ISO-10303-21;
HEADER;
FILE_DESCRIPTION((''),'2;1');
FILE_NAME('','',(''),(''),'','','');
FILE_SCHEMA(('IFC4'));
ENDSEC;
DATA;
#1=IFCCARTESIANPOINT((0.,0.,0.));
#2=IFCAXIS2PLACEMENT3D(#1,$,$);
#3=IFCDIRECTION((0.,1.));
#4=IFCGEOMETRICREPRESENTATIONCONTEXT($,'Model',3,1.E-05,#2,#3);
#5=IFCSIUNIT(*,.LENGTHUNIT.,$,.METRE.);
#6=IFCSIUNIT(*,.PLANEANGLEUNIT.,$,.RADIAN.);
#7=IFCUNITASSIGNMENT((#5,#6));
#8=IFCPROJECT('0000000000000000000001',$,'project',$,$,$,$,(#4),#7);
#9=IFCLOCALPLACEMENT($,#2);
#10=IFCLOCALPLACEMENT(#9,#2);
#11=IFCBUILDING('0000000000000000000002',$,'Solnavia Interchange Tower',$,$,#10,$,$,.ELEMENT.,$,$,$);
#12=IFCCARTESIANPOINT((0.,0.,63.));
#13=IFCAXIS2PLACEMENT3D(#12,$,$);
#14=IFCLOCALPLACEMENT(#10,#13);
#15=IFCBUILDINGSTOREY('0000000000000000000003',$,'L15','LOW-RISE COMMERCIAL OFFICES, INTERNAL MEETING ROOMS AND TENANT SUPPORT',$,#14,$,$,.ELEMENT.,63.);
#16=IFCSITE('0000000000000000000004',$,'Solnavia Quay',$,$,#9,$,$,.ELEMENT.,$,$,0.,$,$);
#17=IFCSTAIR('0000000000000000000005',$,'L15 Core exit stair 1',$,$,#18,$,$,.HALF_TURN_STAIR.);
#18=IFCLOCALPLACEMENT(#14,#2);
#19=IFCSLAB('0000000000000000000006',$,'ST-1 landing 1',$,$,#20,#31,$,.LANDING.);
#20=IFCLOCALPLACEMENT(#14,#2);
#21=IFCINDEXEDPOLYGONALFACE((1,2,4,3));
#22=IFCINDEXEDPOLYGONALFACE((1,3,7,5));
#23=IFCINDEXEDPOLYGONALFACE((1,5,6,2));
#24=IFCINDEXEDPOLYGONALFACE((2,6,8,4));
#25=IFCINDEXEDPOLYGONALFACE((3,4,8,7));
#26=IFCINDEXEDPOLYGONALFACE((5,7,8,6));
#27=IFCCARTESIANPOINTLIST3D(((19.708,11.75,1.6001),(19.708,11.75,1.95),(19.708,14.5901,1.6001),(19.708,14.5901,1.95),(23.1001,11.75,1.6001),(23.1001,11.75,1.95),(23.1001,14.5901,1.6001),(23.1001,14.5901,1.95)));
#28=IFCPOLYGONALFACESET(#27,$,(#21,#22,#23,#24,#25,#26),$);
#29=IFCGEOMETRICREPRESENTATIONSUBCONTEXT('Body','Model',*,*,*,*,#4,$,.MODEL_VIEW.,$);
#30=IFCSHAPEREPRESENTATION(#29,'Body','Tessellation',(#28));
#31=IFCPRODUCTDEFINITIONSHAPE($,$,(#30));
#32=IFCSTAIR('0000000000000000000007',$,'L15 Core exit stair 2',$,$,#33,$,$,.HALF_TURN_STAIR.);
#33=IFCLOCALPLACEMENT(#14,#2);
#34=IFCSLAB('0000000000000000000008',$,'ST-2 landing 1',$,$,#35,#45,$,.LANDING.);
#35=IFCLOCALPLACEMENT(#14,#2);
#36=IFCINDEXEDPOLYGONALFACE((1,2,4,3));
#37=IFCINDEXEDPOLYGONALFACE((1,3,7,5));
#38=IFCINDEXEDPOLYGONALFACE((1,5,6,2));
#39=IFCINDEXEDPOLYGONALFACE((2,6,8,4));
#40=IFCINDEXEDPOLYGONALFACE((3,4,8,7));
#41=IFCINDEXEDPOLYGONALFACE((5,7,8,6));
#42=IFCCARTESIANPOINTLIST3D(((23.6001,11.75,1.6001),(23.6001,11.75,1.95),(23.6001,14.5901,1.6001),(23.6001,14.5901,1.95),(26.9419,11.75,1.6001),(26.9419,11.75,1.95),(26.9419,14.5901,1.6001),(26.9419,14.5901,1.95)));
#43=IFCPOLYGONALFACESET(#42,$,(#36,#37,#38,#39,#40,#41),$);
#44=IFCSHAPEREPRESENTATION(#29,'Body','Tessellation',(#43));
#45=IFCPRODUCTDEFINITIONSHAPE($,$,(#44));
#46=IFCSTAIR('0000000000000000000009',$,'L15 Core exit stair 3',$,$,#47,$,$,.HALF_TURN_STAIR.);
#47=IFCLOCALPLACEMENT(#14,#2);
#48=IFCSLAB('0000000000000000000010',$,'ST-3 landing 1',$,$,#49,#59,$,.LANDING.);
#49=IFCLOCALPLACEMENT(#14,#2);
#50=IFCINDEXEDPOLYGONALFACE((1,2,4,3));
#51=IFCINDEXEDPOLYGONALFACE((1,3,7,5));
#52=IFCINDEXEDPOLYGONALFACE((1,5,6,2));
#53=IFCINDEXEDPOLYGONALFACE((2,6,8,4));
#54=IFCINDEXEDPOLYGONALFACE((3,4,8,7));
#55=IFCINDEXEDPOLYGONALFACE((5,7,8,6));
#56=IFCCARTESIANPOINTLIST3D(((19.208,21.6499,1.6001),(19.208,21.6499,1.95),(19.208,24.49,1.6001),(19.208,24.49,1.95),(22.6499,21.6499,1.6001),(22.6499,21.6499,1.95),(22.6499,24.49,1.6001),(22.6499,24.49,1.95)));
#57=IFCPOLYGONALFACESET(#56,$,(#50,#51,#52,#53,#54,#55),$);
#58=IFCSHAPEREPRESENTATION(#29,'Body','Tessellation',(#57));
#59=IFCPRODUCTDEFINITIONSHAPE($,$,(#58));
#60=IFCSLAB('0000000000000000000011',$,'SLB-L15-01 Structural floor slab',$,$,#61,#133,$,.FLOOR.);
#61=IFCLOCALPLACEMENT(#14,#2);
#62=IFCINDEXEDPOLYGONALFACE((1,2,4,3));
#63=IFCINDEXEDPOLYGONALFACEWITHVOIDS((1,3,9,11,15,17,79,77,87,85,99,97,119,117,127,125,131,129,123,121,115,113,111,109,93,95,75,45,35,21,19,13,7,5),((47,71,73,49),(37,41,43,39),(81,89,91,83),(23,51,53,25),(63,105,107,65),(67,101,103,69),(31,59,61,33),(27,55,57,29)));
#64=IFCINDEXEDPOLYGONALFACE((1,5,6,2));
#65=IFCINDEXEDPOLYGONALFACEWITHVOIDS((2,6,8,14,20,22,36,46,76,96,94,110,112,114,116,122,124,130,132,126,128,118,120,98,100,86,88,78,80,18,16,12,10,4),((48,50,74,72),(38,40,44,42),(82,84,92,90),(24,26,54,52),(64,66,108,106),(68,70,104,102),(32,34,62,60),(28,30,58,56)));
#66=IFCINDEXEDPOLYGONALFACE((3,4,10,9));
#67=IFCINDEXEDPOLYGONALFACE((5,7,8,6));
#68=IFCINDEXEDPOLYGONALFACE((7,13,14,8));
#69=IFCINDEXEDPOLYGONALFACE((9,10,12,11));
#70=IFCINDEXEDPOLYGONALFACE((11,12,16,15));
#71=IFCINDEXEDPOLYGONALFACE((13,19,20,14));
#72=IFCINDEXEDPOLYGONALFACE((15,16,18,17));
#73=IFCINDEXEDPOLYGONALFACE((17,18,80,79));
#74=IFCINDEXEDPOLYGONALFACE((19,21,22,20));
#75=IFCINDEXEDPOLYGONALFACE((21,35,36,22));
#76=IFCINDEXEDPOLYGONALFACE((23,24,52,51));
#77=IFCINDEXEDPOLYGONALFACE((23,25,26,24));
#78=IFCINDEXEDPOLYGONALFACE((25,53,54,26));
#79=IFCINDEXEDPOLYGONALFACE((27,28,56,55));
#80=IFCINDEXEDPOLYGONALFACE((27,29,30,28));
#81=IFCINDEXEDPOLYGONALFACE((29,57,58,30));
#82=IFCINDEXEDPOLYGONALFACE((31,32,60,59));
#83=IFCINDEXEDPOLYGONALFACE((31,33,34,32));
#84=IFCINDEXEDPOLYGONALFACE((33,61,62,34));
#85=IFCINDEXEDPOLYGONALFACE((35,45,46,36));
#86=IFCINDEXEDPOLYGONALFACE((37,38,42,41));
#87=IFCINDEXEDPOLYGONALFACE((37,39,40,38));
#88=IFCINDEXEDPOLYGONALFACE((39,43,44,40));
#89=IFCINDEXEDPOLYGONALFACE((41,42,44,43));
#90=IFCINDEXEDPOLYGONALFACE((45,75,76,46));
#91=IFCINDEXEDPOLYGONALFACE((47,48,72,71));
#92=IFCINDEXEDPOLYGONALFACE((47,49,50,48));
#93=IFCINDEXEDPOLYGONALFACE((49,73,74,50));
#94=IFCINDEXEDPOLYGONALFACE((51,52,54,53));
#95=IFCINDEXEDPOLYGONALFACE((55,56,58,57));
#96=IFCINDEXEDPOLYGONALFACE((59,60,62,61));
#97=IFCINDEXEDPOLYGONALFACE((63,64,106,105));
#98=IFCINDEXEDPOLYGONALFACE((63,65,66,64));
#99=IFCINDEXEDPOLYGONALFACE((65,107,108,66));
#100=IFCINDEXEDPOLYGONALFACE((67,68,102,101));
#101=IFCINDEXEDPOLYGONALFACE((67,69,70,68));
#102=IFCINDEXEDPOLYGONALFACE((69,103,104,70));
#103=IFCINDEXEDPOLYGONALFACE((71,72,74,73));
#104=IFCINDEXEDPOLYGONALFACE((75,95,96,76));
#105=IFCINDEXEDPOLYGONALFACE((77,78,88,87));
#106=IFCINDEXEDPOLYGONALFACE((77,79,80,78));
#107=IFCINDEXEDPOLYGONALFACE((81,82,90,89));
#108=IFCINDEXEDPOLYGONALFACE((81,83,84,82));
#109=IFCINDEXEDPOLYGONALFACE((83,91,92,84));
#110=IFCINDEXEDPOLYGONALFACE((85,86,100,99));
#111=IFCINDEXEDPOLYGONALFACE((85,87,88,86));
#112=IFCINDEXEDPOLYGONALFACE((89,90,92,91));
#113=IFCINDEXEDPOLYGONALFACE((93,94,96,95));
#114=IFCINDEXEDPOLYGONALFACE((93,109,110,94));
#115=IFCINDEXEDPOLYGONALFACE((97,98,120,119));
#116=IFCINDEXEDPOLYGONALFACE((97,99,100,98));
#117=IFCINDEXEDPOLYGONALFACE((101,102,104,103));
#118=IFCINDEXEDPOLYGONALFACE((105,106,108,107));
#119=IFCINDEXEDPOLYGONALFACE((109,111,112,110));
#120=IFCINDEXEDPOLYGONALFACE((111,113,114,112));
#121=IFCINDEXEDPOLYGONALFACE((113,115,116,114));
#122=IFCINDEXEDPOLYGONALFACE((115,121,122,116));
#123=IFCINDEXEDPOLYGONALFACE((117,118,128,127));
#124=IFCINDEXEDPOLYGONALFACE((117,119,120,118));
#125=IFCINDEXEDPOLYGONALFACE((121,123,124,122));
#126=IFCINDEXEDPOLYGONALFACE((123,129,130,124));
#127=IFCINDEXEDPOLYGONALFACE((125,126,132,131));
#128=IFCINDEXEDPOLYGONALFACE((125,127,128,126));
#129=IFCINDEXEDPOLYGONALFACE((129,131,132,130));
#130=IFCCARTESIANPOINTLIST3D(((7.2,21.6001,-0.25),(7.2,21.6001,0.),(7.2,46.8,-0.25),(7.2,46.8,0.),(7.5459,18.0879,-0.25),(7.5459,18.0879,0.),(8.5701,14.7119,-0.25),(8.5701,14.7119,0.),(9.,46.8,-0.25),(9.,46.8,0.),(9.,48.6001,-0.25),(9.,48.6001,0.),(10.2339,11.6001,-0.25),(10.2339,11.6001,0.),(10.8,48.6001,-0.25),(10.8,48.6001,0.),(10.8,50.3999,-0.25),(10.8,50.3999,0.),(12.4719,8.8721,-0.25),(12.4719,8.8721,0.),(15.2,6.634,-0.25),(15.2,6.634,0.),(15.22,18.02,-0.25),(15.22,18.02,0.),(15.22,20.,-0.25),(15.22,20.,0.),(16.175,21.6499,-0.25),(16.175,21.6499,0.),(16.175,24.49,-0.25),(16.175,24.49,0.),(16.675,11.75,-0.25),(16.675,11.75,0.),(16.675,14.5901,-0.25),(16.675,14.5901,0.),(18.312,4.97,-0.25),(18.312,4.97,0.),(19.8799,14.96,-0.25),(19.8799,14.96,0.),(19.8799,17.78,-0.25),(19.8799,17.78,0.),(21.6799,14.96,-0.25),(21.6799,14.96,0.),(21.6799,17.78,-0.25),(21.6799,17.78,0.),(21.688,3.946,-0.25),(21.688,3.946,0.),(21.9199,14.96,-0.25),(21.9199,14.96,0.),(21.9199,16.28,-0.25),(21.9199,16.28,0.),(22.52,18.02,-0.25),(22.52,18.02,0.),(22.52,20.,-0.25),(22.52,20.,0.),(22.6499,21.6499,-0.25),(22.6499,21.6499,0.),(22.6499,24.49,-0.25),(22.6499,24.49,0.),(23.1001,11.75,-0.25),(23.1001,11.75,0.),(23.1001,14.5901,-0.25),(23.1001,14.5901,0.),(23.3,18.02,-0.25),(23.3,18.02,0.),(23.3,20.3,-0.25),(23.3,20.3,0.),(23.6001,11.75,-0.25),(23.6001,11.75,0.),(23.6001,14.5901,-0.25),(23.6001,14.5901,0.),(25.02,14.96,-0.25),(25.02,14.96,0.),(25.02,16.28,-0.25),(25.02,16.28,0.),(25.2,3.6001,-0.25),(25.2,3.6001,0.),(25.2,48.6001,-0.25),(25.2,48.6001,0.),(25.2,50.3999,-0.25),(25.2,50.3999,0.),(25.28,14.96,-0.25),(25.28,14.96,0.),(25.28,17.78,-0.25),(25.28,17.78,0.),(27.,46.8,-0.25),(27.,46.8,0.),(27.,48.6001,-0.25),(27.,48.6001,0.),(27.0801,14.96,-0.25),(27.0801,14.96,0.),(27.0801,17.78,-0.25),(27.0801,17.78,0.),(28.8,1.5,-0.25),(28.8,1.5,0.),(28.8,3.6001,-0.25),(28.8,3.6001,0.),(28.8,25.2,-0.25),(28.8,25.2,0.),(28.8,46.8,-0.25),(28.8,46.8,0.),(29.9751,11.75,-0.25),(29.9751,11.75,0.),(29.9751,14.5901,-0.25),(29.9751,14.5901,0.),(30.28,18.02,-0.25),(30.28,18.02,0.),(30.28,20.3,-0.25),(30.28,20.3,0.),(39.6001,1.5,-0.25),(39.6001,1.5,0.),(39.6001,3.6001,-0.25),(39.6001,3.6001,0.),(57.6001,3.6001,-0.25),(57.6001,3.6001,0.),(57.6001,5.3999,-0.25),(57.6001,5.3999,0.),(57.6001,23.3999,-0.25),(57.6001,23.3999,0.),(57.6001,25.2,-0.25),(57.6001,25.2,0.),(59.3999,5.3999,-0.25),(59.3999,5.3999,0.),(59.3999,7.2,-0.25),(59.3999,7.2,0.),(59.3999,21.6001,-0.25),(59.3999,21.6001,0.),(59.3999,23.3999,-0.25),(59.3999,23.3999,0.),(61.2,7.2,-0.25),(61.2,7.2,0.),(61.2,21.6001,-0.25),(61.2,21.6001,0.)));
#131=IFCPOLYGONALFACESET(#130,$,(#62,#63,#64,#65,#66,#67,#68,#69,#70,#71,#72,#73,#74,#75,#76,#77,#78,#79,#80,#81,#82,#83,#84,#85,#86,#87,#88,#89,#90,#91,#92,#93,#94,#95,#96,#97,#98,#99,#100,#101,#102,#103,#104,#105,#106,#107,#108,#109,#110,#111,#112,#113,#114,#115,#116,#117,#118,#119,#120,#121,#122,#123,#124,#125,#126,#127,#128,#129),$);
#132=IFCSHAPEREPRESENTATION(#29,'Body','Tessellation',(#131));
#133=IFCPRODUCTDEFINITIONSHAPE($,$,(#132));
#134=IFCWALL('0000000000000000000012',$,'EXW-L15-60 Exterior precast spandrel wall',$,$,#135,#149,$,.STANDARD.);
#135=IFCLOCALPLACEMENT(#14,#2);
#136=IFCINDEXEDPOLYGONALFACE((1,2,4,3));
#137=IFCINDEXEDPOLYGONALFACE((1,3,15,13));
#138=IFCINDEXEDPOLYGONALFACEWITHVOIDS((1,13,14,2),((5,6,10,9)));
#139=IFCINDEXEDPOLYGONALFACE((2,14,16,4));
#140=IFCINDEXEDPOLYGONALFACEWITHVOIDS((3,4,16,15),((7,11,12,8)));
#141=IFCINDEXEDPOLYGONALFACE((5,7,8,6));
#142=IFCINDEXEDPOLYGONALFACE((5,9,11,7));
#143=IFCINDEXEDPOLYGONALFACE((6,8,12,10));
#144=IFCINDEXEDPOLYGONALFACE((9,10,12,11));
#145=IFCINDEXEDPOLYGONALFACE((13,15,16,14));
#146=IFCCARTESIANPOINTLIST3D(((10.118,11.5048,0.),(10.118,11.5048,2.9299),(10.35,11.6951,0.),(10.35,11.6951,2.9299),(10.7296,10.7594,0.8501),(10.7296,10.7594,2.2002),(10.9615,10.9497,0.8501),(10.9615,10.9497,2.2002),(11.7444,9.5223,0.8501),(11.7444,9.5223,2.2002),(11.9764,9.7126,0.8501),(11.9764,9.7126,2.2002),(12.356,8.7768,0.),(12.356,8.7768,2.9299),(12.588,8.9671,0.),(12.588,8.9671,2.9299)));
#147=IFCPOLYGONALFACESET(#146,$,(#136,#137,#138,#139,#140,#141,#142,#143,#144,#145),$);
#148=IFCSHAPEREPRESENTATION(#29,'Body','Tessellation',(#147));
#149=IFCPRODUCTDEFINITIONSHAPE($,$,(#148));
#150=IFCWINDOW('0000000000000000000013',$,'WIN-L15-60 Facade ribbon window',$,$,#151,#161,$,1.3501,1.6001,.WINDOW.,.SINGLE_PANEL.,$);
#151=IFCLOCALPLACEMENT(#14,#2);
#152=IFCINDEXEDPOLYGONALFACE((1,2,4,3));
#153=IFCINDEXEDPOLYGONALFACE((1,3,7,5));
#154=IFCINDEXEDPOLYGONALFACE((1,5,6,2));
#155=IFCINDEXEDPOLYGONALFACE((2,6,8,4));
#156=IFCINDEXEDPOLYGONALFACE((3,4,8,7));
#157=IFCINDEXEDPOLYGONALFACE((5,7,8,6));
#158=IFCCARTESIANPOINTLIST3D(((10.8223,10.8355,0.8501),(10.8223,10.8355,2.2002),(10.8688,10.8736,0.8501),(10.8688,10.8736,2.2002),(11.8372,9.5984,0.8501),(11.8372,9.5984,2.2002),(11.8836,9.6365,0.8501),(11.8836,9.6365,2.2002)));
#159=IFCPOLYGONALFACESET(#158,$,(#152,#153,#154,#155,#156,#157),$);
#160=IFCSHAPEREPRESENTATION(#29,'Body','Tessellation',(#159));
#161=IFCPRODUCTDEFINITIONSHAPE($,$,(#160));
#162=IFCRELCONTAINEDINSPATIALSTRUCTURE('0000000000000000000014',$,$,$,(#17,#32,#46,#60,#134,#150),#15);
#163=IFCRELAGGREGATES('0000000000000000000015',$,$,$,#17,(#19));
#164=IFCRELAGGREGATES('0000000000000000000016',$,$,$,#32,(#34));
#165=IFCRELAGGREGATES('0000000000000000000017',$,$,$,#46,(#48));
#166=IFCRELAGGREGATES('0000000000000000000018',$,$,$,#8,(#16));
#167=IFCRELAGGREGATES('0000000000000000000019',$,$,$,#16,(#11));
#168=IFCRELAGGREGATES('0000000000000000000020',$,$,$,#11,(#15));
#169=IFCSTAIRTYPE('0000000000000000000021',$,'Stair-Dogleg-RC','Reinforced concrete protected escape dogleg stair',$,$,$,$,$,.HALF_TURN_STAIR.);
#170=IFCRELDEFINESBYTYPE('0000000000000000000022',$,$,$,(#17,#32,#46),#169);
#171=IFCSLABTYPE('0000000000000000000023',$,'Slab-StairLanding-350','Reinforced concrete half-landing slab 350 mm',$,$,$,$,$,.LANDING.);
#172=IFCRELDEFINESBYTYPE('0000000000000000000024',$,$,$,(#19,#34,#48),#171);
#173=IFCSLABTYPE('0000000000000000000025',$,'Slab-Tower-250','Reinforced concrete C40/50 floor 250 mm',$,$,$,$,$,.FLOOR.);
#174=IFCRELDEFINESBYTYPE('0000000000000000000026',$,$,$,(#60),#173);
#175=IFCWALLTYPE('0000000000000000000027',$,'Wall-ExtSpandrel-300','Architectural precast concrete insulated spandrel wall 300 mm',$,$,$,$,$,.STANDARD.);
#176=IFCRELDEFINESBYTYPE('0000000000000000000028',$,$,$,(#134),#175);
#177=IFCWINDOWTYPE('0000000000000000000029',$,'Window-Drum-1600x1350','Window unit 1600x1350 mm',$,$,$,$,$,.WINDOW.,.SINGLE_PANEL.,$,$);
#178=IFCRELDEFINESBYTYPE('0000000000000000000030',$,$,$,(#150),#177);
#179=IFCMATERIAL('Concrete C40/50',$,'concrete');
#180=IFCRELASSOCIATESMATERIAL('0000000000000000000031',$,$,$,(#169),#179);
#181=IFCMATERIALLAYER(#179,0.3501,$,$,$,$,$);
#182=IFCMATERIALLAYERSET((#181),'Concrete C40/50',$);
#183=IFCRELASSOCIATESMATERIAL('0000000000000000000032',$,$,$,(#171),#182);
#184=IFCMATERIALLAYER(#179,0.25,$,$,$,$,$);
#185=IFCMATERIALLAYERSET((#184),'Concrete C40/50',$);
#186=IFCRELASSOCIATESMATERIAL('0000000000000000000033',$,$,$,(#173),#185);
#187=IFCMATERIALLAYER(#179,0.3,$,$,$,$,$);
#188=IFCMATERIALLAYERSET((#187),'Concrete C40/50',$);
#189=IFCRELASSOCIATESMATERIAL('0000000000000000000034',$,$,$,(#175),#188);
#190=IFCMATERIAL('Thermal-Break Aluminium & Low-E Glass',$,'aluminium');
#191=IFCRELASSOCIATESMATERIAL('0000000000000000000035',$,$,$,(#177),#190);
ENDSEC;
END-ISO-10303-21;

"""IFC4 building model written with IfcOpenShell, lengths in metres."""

from ifc_helpers import new_model, si_unit, direction, frame, frame_2d, origin, place, context, subcontext, project, spatial, polyline, rectangle, outline, extrude, material, layer, layer_set, type_object, element, fill, aggregate, save


model = new_model("IFC4")

# Units and contexts
model_context = context("Model", 3, precision=1e-05, world=origin(), true_north=direction((0.0, 1.0)))
body_context = subcontext(model_context, "Body", "Model", "MODEL_VIEW")
ifc_project = project(units=[si_unit("LENGTHUNIT", "METRE"), si_unit("PLANEANGLEUNIT", "RADIAN")], contexts=[model_context])

# Site, building, storey
site_placement = place(None, origin())
site = spatial("IfcSite", under=ifc_project, at=site_placement, Name="Solnavia Quay", CompositionType="ELEMENT", RefElevation=0.0)
building_placement = place(site_placement, origin())
building = spatial("IfcBuilding", under=site, at=building_placement, Name="Solnavia Interchange Tower", CompositionType="ELEMENT")
storey_placement = place(building_placement, frame((0.0, 0.0, 63.0)))
storey = spatial("IfcBuildingStorey", under=building, at=storey_placement, Name="L15", Description="LOW-RISE COMMERCIAL OFFICES, INTERNAL MEETING ROOMS AND TENANT SUPPORT", CompositionType="ELEMENT", Elevation=63.0)

# Stairs, slabs
ifc_material_1 = material(Name="Concrete C40/50", Category="concrete")
stair_type = type_object("IfcStairType", Name="Stair-Dogleg-RC", Description="Reinforced concrete protected escape dogleg stair", PredefinedType="HALF_TURN_STAIR", material=ifc_material_1)
stair_1_placement = place(storey_placement, origin())
stair_1 = element("IfcStair", 1, at=stair_1_placement, inside=storey, type_object=stair_type, Name="L15 Core exit stair 1", PredefinedType="HALF_TURN_STAIR")
ifc_layer_1 = layer(ifc_material_1, 0.3501)
ifc_layer_set_1 = layer_set([ifc_layer_1], Name="Concrete C40/50")
slab_type_1 = type_object("IfcSlabType", Name="Slab-StairLanding-350", Description="Reinforced concrete half-landing slab 350 mm", PredefinedType="LANDING", material=ifc_layer_set_1)
slab_1_placement = place(storey_placement, frame((0.0, 0.0, 1.6001)))
slab_1 = element("IfcSlab", 2, at=slab_1_placement, type_object=slab_type_1, Name="ST-1 landing 1", PredefinedType="LANDING", context=body_context, shape_type="SweptSolid", body=[
    extrude(outline(polyline([(19.708, 11.75), (23.1001, 11.75), (23.1001, 14.5901), (19.708, 14.5901), (19.708, 11.75)])), origin(), (0.0, 0.0, 1.0), 0.3499),
])
aggregate(stair_1, [slab_1])
stair_2_placement = place(storey_placement, origin())
stair_2 = element("IfcStair", 3, at=stair_2_placement, inside=storey, type_object=stair_type, Name="L15 Core exit stair 2", PredefinedType="HALF_TURN_STAIR")
slab_2_placement = place(storey_placement, frame((0.0, 0.0, 1.6001)))
slab_2 = element("IfcSlab", 4, at=slab_2_placement, type_object=slab_type_1, Name="ST-2 landing 1", PredefinedType="LANDING", context=body_context, shape_type="SweptSolid", body=[
    extrude(outline(polyline([(23.6001, 11.75), (26.9419, 11.75), (26.9419, 14.5901), (23.6001, 14.5901), (23.6001, 11.75)])), origin(), (0.0, 0.0, 1.0), 0.3499),
])
aggregate(stair_2, [slab_2])
stair_3_placement = place(storey_placement, origin())
stair_3 = element("IfcStair", 5, at=stair_3_placement, inside=storey, type_object=stair_type, Name="L15 Core exit stair 3", PredefinedType="HALF_TURN_STAIR")
slab_3_placement = place(storey_placement, frame((0.0, 0.0, 1.6001)))
slab_3 = element("IfcSlab", 6, at=slab_3_placement, type_object=slab_type_1, Name="ST-3 landing 1", PredefinedType="LANDING", context=body_context, shape_type="SweptSolid", body=[
    extrude(outline(polyline([(19.208, 21.6499), (22.6499, 21.6499), (22.6499, 24.49), (19.208, 24.49), (19.208, 21.6499)])), origin(), (0.0, 0.0, 1.0), 0.3499),
])
aggregate(stair_3, [slab_3])

# Slab
ifc_layer_2 = layer(ifc_material_1, 0.25)
ifc_layer_set_2 = layer_set([ifc_layer_2], Name="Concrete C40/50")
slab_type_2 = type_object("IfcSlabType", Name="Slab-Tower-250", Description="Reinforced concrete C40/50 floor 250 mm", PredefinedType="FLOOR", material=ifc_layer_set_2)
slab_4_placement = place(storey_placement, frame((0.0, 0.0, -0.25)))
element("IfcSlab", 7, at=slab_4_placement, inside=storey, type_object=slab_type_2, Name="SLB-L15-01 Structural floor slab", PredefinedType="FLOOR", context=body_context, shape_type="SweptSolid", body=[
    extrude(outline(polyline([(25.2, 3.6001), (28.8, 3.6001), (28.8, 1.5), (39.6001, 1.5), (39.6001, 3.6001), (57.6001, 3.6001), (57.6001, 5.3999), (59.3999, 5.3999), (59.3999, 7.2), (61.2, 7.2), (61.2, 21.6001), (59.3999, 21.6001), (59.3999, 23.3999), (57.6001, 23.3999), (57.6001, 25.2), (28.8, 25.2), (28.8, 46.8), (27.0, 46.8), (27.0, 48.6001), (25.2, 48.6001), (25.2, 50.3999), (10.8, 50.3999), (10.8, 48.6001), (9.0, 48.6001), (9.0, 46.8), (7.2, 46.8), (7.2, 21.6001), (7.5459, 18.0879), (8.5701, 14.7119), (10.2339, 11.6001), (12.4719, 8.8721), (15.2, 6.634), (18.312, 4.97), (21.688, 3.946), (25.2, 3.6001)]), holes=[polyline([(16.675, 11.75), (23.1001, 11.75), (23.1001, 14.5901), (16.675, 14.5901), (16.675, 11.75)]), polyline([(23.6001, 11.75), (29.9751, 11.75), (29.9751, 14.5901), (23.6001, 14.5901), (23.6001, 11.75)]), polyline([(16.175, 21.6499), (22.6499, 21.6499), (22.6499, 24.49), (16.175, 24.49), (16.175, 21.6499)]), polyline([(19.8799, 14.96), (21.6799, 14.96), (21.6799, 17.78), (19.8799, 17.78), (19.8799, 14.96)]), polyline([(25.28, 14.96), (27.0801, 14.96), (27.0801, 17.78), (25.28, 17.78), (25.28, 14.96)]), polyline([(21.9199, 14.96), (25.02, 14.96), (25.02, 16.28), (21.9199, 16.28), (21.9199, 14.96)]), polyline([(15.22, 18.02), (22.52, 18.02), (22.52, 20.0), (15.22, 20.0), (15.22, 18.02)]), polyline([(23.3, 18.02), (30.28, 18.02), (30.28, 20.3), (23.3, 20.3), (23.3, 18.02)])]), origin(), (0.0, 0.0, 1.0), 0.25),
])

# Wall, opening, window
ifc_layer_3 = layer(ifc_material_1, 0.3)
ifc_layer_set_3 = layer_set([ifc_layer_3], Name="Concrete C40/50")
wall_type_1 = type_object("IfcWallType", Name="Wall-ExtSpandrel-300", Description="Architectural precast concrete insulated spandrel wall 300 mm", PredefinedType="STANDARD", material=ifc_layer_set_3)
wall_1_placement = place(storey_placement, frame((12.4719, 8.8721, 0.0), z_axis=(0.0, 0.0, 1.0), x_axis=(-0.634258, 0.773121, 0.0)))
wall_1 = element("IfcWall", 8, at=wall_1_placement, inside=storey, type_object=wall_type_1, Name="EXW-L15-60 Exterior precast spandrel wall", PredefinedType="STANDARD", context=body_context, shape_type="SweptSolid", body=[
    extrude(rectangle(XDim=3.5286, YDim=0.3, at=frame_2d((1.7642, 0.0))), origin(), (0.0, 0.0, 1.0), 2.9299),
])
opening_1_placement = place(wall_1_placement, frame((0.9641, 0.0, 0.8501)))
opening_1 = element("IfcOpeningElement", 9, at=opening_1_placement, cuts=wall_1, PredefinedType="OPENING", context=body_context, shape_type="SweptSolid", body=[
    extrude(rectangle(XDim=1.6001, YDim=1.3501, at=frame_2d((0.8, 0.675))), frame((0.0, 0.1602, 0.0), z_axis=(0.0, -1.0, 0.0), x_axis=(1.0, 0.0, 0.0)), (0.0, 0.0, 1.0), 0.3201),
])
ifc_material_2 = material(Name="Thermal-Break Aluminium & Low-E Glass", Category="aluminium")
window_type = type_object("IfcWindowType", Name="Window-Drum-1600x1350", Description="Window unit 1600x1350 mm", PartitioningType="SINGLE_PANEL", PredefinedType="WINDOW", material=ifc_material_2)
window_placement = place(opening_1_placement, origin())
window = element("IfcWindow", 10, at=window_placement, inside=storey, type_object=window_type, Name="WIN-L15-60 Facade ribbon window", OverallHeight=1.3501, OverallWidth=1.6001, PartitioningType="SINGLE_PANEL", PredefinedType="WINDOW", context=body_context, shape_type="SweptSolid", body=[
    extrude(rectangle(XDim=1.6001, YDim=1.3501, at=frame_2d((0.8, 0.675))), frame((0.0, 0.03, 0.0), z_axis=(0.0, -1.0, 0.0), x_axis=(1.0, 0.0, 0.0)), (0.0, 0.0, 1.0), 0.0601),
])
fill(opening_1, window)

save(model, "model.ifc")
